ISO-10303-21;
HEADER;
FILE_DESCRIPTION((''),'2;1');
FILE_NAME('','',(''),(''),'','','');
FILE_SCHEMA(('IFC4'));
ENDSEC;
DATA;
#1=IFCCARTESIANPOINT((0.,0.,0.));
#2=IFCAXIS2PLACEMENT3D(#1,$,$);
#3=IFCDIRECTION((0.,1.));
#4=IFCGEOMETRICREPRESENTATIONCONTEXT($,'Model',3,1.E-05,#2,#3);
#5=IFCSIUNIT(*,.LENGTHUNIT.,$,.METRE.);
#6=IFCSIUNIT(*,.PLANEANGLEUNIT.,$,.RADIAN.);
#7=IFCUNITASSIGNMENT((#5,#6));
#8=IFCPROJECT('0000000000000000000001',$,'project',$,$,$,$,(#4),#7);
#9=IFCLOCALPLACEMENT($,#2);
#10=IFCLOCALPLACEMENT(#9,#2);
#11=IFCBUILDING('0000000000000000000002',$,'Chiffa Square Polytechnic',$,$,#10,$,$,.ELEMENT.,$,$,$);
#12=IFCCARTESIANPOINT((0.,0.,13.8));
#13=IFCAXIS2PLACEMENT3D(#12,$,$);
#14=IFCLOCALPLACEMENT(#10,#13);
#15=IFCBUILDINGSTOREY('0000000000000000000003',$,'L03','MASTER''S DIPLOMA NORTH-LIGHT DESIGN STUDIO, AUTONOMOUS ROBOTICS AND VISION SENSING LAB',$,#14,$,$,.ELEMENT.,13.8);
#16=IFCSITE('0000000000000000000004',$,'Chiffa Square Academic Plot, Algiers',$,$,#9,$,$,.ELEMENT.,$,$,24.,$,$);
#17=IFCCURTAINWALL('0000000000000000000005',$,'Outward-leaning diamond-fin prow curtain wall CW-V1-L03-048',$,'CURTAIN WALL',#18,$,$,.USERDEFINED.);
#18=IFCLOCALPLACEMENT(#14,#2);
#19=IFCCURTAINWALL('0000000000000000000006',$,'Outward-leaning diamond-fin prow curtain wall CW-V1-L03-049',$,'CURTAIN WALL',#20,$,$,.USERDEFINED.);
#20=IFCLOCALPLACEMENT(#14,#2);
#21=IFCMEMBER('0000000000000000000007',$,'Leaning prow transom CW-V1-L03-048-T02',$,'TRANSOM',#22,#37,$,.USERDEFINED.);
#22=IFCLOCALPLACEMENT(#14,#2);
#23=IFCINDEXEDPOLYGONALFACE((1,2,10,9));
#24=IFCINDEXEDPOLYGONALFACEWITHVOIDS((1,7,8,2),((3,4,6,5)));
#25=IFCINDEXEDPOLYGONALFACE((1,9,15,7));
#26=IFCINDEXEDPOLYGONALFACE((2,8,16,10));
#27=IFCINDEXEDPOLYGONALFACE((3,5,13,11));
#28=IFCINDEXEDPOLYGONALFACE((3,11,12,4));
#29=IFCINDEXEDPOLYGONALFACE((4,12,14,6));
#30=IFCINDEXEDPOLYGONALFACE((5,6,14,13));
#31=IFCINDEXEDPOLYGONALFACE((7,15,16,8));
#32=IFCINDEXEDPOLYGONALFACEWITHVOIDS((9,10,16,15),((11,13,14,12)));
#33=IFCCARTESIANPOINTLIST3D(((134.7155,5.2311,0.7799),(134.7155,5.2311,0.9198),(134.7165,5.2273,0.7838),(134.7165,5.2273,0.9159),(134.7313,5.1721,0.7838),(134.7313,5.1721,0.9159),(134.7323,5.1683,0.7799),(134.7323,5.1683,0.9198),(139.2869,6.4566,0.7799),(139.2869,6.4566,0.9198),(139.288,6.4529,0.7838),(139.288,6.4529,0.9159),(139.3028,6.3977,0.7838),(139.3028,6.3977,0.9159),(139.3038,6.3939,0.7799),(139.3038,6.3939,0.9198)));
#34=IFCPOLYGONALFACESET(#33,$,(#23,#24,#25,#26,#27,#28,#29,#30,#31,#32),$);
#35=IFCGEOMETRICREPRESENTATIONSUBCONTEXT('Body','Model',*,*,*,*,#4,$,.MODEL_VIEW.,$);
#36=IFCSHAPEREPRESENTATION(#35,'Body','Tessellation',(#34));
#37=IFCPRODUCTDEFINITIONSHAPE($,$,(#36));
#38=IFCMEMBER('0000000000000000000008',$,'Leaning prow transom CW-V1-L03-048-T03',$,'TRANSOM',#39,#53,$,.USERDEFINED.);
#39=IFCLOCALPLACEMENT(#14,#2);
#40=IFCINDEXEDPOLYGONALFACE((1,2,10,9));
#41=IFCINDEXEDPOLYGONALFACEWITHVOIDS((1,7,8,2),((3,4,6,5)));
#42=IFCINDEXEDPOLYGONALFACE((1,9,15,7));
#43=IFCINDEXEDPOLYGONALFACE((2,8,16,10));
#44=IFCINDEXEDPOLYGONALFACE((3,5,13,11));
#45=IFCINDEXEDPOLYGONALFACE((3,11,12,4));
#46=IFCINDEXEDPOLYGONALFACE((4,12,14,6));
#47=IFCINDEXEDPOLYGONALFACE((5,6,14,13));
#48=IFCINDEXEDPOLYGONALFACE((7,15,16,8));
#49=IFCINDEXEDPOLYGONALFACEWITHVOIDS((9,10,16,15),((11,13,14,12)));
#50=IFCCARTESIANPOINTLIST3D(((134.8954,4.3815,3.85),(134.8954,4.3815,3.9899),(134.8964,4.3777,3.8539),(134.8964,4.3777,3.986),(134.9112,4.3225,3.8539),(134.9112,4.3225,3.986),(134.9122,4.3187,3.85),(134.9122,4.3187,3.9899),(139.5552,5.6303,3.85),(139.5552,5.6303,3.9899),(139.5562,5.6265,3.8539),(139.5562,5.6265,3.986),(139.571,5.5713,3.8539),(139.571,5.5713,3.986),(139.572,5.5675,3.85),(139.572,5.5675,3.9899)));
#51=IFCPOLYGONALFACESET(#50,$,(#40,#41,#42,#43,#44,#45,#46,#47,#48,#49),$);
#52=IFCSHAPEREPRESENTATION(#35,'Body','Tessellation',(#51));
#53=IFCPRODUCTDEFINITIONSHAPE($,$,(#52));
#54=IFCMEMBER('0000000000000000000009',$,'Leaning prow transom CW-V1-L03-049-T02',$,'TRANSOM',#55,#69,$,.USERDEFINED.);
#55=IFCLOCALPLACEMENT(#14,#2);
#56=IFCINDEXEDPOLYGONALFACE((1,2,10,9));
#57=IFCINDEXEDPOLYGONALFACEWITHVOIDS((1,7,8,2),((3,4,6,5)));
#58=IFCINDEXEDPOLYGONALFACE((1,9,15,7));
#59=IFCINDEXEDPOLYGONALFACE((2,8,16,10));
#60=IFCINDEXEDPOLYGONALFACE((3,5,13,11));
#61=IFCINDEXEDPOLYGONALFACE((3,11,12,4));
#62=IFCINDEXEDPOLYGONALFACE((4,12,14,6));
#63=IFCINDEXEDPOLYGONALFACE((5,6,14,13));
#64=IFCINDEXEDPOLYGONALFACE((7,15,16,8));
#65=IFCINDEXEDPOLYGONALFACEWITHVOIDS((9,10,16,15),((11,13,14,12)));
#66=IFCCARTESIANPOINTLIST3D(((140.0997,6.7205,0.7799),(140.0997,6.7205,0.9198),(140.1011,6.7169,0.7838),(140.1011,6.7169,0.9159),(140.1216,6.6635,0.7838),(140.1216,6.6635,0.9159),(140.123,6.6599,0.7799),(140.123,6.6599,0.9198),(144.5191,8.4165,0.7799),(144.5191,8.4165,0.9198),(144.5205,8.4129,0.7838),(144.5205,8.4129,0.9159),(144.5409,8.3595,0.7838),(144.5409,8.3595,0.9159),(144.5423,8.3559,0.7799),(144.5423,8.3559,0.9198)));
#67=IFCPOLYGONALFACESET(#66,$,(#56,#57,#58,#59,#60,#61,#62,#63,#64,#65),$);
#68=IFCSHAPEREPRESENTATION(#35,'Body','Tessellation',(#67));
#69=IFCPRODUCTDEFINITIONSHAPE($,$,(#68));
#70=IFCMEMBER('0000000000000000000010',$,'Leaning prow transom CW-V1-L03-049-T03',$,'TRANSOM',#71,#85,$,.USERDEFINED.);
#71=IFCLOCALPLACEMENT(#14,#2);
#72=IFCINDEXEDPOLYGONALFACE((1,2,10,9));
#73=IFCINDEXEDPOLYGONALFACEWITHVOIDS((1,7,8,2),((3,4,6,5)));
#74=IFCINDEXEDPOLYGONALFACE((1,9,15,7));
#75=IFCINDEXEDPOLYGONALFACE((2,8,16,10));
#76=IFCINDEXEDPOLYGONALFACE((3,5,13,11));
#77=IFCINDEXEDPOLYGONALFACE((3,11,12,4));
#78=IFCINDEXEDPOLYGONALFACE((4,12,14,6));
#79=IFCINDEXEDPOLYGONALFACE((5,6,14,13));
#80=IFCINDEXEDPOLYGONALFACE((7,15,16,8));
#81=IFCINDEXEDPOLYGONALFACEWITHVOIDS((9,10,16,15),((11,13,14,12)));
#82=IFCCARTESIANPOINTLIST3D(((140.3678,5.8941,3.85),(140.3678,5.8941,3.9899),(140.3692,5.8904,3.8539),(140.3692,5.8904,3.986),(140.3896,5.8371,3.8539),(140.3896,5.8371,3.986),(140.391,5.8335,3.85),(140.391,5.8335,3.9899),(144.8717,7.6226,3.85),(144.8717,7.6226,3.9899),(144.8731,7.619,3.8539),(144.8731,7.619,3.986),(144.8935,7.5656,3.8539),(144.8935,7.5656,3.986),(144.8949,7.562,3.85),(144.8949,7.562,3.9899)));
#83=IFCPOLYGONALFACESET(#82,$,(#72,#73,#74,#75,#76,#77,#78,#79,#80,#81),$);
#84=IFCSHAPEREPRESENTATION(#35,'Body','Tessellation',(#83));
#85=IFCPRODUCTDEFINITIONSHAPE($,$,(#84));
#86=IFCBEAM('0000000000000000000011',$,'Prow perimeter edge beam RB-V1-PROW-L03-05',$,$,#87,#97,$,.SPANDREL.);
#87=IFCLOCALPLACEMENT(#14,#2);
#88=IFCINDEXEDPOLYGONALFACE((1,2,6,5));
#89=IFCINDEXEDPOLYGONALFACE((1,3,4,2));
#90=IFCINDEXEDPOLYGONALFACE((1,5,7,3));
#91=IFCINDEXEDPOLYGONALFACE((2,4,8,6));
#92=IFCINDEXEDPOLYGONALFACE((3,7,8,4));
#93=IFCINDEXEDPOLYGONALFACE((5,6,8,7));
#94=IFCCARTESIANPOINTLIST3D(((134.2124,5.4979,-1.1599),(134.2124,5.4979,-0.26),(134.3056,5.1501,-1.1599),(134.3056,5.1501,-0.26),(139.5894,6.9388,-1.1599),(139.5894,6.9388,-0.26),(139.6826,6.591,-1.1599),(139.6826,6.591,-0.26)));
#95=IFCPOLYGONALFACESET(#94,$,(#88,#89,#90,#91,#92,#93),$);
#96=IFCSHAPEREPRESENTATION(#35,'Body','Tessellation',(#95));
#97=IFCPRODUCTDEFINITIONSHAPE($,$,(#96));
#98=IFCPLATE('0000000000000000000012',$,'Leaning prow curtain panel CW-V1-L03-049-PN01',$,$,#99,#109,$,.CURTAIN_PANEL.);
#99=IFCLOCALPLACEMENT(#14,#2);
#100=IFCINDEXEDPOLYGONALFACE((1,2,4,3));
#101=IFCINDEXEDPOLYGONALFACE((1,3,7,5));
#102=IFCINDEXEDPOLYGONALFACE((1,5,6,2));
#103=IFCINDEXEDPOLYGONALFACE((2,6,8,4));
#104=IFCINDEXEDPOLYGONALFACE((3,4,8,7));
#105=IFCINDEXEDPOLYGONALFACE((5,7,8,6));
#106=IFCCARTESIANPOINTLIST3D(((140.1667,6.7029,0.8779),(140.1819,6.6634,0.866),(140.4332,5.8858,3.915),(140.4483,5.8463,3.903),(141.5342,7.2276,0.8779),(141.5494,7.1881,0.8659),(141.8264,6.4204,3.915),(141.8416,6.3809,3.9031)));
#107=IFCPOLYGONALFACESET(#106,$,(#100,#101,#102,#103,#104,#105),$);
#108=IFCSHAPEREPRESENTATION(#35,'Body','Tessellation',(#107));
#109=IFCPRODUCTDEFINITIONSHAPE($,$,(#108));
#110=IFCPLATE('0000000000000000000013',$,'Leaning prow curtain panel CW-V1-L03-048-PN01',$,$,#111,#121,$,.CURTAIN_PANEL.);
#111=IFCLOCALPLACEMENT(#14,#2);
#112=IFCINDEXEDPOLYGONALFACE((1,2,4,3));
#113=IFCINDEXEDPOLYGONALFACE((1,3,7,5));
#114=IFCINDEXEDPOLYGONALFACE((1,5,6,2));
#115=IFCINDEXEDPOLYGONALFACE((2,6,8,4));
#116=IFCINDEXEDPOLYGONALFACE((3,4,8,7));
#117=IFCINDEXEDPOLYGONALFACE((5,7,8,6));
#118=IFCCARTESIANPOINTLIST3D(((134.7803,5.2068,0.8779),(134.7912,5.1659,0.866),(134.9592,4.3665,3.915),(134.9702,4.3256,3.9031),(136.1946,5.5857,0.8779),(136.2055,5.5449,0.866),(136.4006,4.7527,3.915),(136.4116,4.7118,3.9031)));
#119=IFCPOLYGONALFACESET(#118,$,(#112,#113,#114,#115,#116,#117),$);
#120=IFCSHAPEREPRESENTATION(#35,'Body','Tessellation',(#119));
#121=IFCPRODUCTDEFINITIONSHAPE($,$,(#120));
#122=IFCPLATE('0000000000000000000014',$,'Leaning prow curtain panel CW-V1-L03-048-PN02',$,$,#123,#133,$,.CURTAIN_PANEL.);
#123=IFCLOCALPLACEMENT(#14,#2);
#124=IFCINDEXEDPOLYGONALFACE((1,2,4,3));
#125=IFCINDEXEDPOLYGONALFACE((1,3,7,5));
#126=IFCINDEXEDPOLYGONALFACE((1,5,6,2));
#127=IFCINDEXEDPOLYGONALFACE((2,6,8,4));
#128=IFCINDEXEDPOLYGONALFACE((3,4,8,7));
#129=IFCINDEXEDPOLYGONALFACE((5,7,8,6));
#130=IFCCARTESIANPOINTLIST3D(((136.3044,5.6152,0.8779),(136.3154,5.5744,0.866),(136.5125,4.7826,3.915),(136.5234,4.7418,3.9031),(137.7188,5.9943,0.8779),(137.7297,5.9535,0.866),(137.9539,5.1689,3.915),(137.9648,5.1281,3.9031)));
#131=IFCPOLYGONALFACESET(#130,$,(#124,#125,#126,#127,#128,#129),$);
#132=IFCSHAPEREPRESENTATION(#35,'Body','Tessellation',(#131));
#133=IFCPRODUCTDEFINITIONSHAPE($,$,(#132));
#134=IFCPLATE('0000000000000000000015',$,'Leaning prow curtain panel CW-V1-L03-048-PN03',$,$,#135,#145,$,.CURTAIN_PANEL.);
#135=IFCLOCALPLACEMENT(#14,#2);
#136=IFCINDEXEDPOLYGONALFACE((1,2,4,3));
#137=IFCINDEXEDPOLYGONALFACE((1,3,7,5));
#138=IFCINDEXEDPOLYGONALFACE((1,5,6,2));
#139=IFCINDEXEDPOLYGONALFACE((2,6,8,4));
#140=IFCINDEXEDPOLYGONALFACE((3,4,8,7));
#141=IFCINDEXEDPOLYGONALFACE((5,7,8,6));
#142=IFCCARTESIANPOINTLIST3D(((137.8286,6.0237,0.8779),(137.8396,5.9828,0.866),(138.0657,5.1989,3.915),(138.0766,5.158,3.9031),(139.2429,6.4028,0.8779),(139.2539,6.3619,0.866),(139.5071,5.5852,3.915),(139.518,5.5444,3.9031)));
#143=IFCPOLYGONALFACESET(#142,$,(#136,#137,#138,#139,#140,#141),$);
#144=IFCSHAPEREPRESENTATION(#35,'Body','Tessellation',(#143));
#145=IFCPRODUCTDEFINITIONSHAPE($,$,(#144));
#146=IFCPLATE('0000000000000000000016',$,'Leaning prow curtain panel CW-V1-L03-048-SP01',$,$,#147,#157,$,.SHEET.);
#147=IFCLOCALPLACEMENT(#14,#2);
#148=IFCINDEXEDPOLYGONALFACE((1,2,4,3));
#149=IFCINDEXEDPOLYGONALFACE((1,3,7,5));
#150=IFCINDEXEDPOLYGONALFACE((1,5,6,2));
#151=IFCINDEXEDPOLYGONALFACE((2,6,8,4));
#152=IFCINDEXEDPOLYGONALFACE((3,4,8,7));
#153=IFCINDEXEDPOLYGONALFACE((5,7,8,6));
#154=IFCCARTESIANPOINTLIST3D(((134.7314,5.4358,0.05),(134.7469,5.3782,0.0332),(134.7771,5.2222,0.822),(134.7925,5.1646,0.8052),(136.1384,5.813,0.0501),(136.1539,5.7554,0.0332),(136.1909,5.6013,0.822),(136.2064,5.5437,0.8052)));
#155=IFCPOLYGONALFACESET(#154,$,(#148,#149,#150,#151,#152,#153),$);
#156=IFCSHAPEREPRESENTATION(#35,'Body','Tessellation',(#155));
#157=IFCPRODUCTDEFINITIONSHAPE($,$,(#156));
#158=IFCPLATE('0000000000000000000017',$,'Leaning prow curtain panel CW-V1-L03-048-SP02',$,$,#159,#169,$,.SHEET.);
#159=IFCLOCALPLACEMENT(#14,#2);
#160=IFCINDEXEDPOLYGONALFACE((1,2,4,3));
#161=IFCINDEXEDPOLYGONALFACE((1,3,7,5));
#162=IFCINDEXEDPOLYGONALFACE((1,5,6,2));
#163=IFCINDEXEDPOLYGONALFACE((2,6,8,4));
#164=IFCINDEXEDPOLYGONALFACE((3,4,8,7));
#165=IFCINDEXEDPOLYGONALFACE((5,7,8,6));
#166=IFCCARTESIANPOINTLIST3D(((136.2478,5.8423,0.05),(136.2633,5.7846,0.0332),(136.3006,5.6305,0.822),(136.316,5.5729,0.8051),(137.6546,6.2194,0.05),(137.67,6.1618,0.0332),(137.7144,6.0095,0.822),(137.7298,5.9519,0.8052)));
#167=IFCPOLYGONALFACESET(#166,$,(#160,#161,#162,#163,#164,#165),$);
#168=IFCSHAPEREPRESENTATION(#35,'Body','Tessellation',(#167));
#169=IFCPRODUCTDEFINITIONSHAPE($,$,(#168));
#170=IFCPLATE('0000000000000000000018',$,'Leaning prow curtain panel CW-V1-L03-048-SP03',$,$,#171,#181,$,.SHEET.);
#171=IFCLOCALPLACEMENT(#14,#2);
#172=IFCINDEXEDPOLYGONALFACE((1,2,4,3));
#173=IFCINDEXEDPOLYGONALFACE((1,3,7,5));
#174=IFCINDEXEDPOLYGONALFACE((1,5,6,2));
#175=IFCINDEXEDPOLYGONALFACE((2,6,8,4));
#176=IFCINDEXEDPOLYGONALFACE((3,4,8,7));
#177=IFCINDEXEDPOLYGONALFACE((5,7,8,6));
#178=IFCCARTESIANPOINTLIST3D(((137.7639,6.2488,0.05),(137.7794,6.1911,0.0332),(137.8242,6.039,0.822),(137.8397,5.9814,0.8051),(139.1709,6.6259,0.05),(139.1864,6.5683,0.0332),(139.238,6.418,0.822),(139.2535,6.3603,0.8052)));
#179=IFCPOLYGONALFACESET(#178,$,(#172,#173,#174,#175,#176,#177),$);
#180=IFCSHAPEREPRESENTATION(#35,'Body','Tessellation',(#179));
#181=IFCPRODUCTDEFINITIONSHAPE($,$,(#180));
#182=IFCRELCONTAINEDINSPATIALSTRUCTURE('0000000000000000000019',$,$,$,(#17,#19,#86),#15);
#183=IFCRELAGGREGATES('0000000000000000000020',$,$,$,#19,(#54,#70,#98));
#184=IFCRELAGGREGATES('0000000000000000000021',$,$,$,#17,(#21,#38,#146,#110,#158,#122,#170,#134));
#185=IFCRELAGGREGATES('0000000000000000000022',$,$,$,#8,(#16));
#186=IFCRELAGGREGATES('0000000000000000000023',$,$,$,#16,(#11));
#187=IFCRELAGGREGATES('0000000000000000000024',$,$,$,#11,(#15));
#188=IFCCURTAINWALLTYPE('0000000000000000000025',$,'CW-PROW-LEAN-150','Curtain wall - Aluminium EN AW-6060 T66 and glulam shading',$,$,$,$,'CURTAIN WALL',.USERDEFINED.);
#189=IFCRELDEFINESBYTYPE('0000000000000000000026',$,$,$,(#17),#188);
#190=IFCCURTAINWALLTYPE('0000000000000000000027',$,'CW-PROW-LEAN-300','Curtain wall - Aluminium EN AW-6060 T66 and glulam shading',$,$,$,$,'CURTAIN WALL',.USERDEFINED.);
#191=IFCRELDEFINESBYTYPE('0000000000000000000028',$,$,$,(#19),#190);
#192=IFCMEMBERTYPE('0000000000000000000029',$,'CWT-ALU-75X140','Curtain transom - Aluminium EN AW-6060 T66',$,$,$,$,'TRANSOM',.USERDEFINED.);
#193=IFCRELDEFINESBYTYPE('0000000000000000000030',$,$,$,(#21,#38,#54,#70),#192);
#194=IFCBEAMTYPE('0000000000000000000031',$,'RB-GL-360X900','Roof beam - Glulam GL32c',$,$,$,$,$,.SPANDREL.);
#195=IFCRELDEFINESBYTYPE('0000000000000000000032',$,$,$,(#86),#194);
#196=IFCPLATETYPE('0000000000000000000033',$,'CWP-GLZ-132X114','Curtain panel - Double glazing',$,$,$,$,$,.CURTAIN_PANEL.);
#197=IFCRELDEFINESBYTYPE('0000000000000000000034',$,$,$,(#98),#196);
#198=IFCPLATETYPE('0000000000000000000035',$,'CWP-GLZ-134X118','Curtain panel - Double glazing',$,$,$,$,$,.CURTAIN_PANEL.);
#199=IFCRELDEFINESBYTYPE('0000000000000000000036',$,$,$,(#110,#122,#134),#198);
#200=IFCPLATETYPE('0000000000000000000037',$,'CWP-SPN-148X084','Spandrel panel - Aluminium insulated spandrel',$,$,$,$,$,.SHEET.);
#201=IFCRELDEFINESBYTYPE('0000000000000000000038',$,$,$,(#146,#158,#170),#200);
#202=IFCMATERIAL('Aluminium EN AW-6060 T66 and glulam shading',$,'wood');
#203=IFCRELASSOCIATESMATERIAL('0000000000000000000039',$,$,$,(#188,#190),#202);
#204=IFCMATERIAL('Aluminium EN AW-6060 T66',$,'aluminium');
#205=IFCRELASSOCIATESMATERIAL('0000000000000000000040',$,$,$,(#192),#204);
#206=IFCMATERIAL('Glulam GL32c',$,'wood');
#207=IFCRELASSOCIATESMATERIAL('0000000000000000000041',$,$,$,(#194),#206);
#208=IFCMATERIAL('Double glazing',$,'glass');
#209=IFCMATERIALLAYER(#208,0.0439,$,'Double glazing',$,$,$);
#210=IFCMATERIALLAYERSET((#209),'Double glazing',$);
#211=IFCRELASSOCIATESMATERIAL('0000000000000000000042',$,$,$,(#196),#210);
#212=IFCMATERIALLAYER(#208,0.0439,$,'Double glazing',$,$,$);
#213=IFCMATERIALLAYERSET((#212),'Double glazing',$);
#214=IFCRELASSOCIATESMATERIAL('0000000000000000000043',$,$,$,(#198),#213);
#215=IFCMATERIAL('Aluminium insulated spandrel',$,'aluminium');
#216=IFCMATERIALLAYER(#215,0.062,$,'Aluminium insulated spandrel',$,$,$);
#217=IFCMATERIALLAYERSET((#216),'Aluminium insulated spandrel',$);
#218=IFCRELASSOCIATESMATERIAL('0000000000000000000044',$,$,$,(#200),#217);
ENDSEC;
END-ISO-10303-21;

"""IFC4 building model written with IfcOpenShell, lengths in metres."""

from ifc_helpers import new_model, si_unit, direction, frame, origin, origin_2d, place, context, subcontext, project, spatial, polyline, rectangle, hollow_rectangle, outline, extrude, material, layer, layer_set, material_profile, profile_set, type_object, element, aggregate, save


model = new_model("IFC4")

# Units and contexts
model_context = context("Model", 3, precision=1e-05, world=origin(), true_north=direction((0.0, 1.0)))
body_context = subcontext(model_context, "Body", "Model", "MODEL_VIEW")
ifc_project = project(units=[si_unit("LENGTHUNIT", "METRE"), si_unit("PLANEANGLEUNIT", "RADIAN")], contexts=[model_context])

# Site, building, storey
site_placement = place(None, origin())
site = spatial("IfcSite", under=ifc_project, at=site_placement, Name="Chiffa Square Academic Plot, Algiers", CompositionType="ELEMENT", RefElevation=24.0)
building_placement = place(site_placement, origin())
building = spatial("IfcBuilding", under=site, at=building_placement, Name="Chiffa Square Polytechnic", CompositionType="ELEMENT")
storey_placement = place(building_placement, frame((0.0, 0.0, 13.8)))
storey = spatial("IfcBuildingStorey", under=building, at=storey_placement, Name="L03", Description="MASTER'S DIPLOMA NORTH-LIGHT DESIGN STUDIO, AUTONOMOUS ROBOTICS AND VISION SENSING LAB", CompositionType="ELEMENT", Elevation=13.8)

# Shared definitions
ifc_material_1 = material(Name="Glulam GL32c", Category="wood")

# Curtain wall
ifc_material_2 = material(Name="Aluminium EN AW-6060 T66 and glulam shading", Category="wood")
curtain_wall_type_1 = type_object("IfcCurtainWallType", Name="CW-PROW-LEAN-150", Description="Curtain wall - Aluminium EN AW-6060 T66 and glulam shading", ElementType="CURTAIN WALL", PredefinedType="USERDEFINED", material=ifc_material_2)
curtain_wall_1_placement = place(storey_placement, origin())
curtain_wall_1 = element("IfcCurtainWall", 1, at=curtain_wall_1_placement, inside=storey, type_object=curtain_wall_type_1, Name="Outward-leaning diamond-fin prow curtain wall CW-V1-L03-048", ObjectType="CURTAIN WALL", PredefinedType="USERDEFINED")
ifc_material_3 = material(Name="Aluminium EN AW-6060 T66", Category="aluminium")

# Shared definitions
curtain_wall_type_2 = type_object("IfcCurtainWallType", Name="CW-PROW-LEAN-300", Description="Curtain wall - Aluminium EN AW-6060 T66 and glulam shading", ElementType="CURTAIN WALL", PredefinedType="USERDEFINED", material=ifc_material_2)

# Curtain wall
curtain_wall_2_placement = place(storey_placement, origin())
curtain_wall_2 = element("IfcCurtainWall", 2, at=curtain_wall_2_placement, inside=storey, type_object=curtain_wall_type_2, Name="Outward-leaning diamond-fin prow curtain wall CW-V1-L03-049", ObjectType="CURTAIN WALL", PredefinedType="USERDEFINED")

# Members
ifc_material_profile_1 = material_profile(ifc_material_3, hollow_rectangle(XDim=0.0649, YDim=0.1399, WallThickness=0.0039, at=origin_2d()), Name="ALU 65x140x4")
ifc_profile_set_1 = profile_set([ifc_material_profile_1], Name="Aluminium EN AW-6060 T66")
member_type_1 = type_object("IfcMemberType", Name="CWT-ALU-75X140", Description="Curtain transom - Aluminium EN AW-6060 T66", ElementType="TRANSOM", PredefinedType="USERDEFINED", material=ifc_profile_set_1)
member_1_placement = place(storey_placement, frame((134.7239, 5.1997, 0.8499), z_axis=(0.965892, 0.258947, 0.0), x_axis=(-0.258947, 0.965892, 0.0)))
member_1 = element("IfcMember", 3, at=member_1_placement, type_object=member_type_1, Name="Leaning prow transom CW-V1-L03-048-T02", ObjectType="TRANSOM", PredefinedType="USERDEFINED", context=body_context, shape_type="SweptSolid", body=[
    extrude(hollow_rectangle(XDim=0.0649, YDim=0.1399, WallThickness=0.0039, at=origin_2d()), origin(), (0.0, 0.0, 1.0), 4.7329),
])
member_2_placement = place(storey_placement, frame((134.9038, 4.3501, 3.9199), z_axis=(0.965914, 0.258863, 0.0), x_axis=(-0.258863, 0.965914, 0.0)))
member_2 = element("IfcMember", 4, at=member_2_placement, type_object=member_type_1, Name="Leaning prow transom CW-V1-L03-048-T03", ObjectType="TRANSOM", PredefinedType="USERDEFINED", context=body_context, shape_type="SweptSolid", body=[
    extrude(hollow_rectangle(XDim=0.0649, YDim=0.1399, WallThickness=0.0039, at=origin_2d()), origin(), (0.0, 0.0, 1.0), 4.8242),
])
member_3_placement = place(storey_placement, frame((140.1113, 6.6902, 0.8499), z_axis=(0.93361, 0.358291, 0.0), x_axis=(-0.358291, 0.93361, 0.0)))
member_3 = element("IfcMember", 5, at=member_3_placement, type_object=member_type_1, Name="Leaning prow transom CW-V1-L03-049-T02", ObjectType="TRANSOM", PredefinedType="USERDEFINED", context=body_context, shape_type="SweptSolid", body=[
    extrude(hollow_rectangle(XDim=0.0649, YDim=0.1399, WallThickness=0.0039, at=origin_2d()), origin(), (0.0, 0.0, 1.0), 4.7336),
])
member_4_placement = place(storey_placement, frame((140.3794, 5.8638, 3.9199), z_axis=(0.933606, 0.358301, 0.0), x_axis=(-0.358301, 0.933606, 0.0)))
member_4 = element("IfcMember", 6, at=member_4_placement, type_object=member_type_1, Name="Leaning prow transom CW-V1-L03-049-T03", ObjectType="TRANSOM", PredefinedType="USERDEFINED", context=body_context, shape_type="SweptSolid", body=[
    extrude(hollow_rectangle(XDim=0.0649, YDim=0.1399, WallThickness=0.0039, at=origin_2d()), origin(), (0.0, 0.0, 1.0), 4.8242),
])

# Beam
ifc_material_profile_2 = material_profile(ifc_material_1, rectangle(XDim=0.3601, YDim=0.8999, at=origin_2d()), Name="GL32c 360x900")
ifc_profile_set_2 = profile_set([ifc_material_profile_2], Name="Glulam GL32c")
beam_type_1 = type_object("IfcBeamType", Name="RB-GL-360X900", Description="Roof beam - Glulam GL32c", PredefinedType="SPANDREL", material=ifc_profile_set_2)
beam_1_placement = place(storey_placement, frame((134.259, 5.324, -0.71), z_axis=(0.965918, 0.258847, 0.0), x_axis=(-0.258847, 0.965918, 0.0)))
element("IfcBeam", 7, at=beam_1_placement, inside=storey, type_object=beam_type_1, Name="Prow perimeter edge beam RB-V1-PROW-L03-05", PredefinedType="SPANDREL", context=body_context, shape_type="SweptSolid", body=[
    extrude(rectangle(XDim=0.3601, YDim=0.8999, at=origin_2d()), origin(), (0.0, 0.0, 1.0), 5.5667),
])

# Plates
ifc_material_4 = material(Name="Double glazing", Category="glass")
ifc_layer_1 = layer(ifc_material_4, 0.0439, Name="Double glazing")
ifc_layer_set_1 = layer_set([ifc_layer_1], Name="Double glazing")
plate_type_1 = type_object("IfcPlateType", Name="CWP-GLZ-132X114", Description="Curtain panel - Double glazing", PredefinedType="CURTAIN_PANEL", material=ifc_layer_set_1)
plate_1_placement = place(storey_placement, frame((140.1667, 6.7029, 0.8779), z_axis=(-0.344742, 0.898441, 0.271949), x_axis=(0.933625, 0.358252, -0.000034)))
plate_1 = element("IfcPlate", 8, at=plate_1_placement, type_object=plate_type_1, Name="Leaning prow curtain panel CW-V1-L03-049-PN01", PredefinedType="CURTAIN_PANEL", context=body_context, shape_type="SweptSolid", body=[
    extrude(outline(polyline([(0.0, 0.0), (1.4647, 0.0), (1.4482, -3.1561), (-0.0441, -3.156), (0.0, 0.0)])), origin(), (0.0, 0.0, -1.0), 0.0439),
])
aggregate(curtain_wall_2, [member_3, member_4, plate_1])
ifc_layer_2 = layer(ifc_material_4, 0.0439, Name="Double glazing")
ifc_layer_set_2 = layer_set([ifc_layer_2], Name="Double glazing")
plate_type_2 = type_object("IfcPlateType", Name="CWP-GLZ-134X118", Description="Curtain panel - Double glazing", PredefinedType="CURTAIN_PANEL", material=ifc_layer_set_2)
plate_2_placement = place(storey_placement, frame((134.7803, 5.2068, 0.8779), z_axis=(-0.249056, 0.92955, 0.271861), x_axis=(0.96593, 0.258802, 0.000005)))
plate_2 = element("IfcPlate", 9, at=plate_2_placement, type_object=plate_type_2, Name="Leaning prow curtain panel CW-V1-L03-048-PN01", PredefinedType="CURTAIN_PANEL", context=body_context, shape_type="SweptSolid", body=[
    extrude(outline(polyline([(0.0, 0.0), (1.4642, 0.0), (1.4477, -3.156), (-0.0446, -3.156), (0.0, 0.0)])), origin(), (0.0, 0.0, -1.0), 0.0439),
])
plate_3_placement = place(storey_placement, frame((136.3044, 5.6152, 0.8779), z_axis=(-0.249128, 0.929523, 0.271887), x_axis=(0.965908, 0.258885, -0.000016)))
plate_3 = element("IfcPlate", 10, at=plate_3_placement, type_object=plate_type_2, Name="Leaning prow curtain panel CW-V1-L03-048-PN02", PredefinedType="CURTAIN_PANEL", context=body_context, shape_type="SweptSolid", body=[
    extrude(outline(polyline([(0.0, 0.0), (1.4642, 0.0), (1.4776, -3.156), (-0.0147, -3.156), (0.0, 0.0)])), origin(), (0.0, 0.0, -1.0), 0.0439),
])
plate_4_placement = place(storey_placement, frame((137.8286, 6.0237, 0.8779), z_axis=(-0.249129, 0.929525, 0.27188), x_axis=(0.965908, 0.258885, -0.000016)))
plate_4 = element("IfcPlate", 11, at=plate_4_placement, type_object=plate_type_2, Name="Leaning prow curtain panel CW-V1-L03-048-PN03", PredefinedType="CURTAIN_PANEL", context=body_context, shape_type="SweptSolid", body=[
    extrude(outline(polyline([(0.0, 0.0), (1.4642, 0.0), (1.5077, -3.156), (0.0154, -3.156), (0.0, 0.0)])), origin(), (0.0, 0.0, -1.0), 0.0439),
])
ifc_material_5 = material(Name="Aluminium insulated spandrel", Category="aluminium")
ifc_layer_3 = layer(ifc_material_5, 0.062, Name="Aluminium insulated spandrel")
ifc_layer_set_3 = layer_set([ifc_layer_3], Name="Aluminium insulated spandrel")
plate_type_3 = type_object("IfcPlateType", Name="CWP-SPN-148X084", Description="Spandrel panel - Aluminium insulated spandrel", PredefinedType="SHEET", material=ifc_layer_set_3)
plate_5_placement = place(storey_placement, frame((134.7314, 5.4358, 0.05), z_axis=(-0.249228, 0.929498, 0.271881), x_axis=(0.965882, 0.258981, 0.00001)))
plate_5 = element("IfcPlate", 12, at=plate_5_placement, type_object=plate_type_3, Name="Leaning prow curtain panel CW-V1-L03-048-SP01", PredefinedType="SHEET", context=body_context, shape_type="SweptSolid", body=[
    extrude(outline(polyline([(0.0, 0.0), (1.4567, 0.0), (1.4526, -0.8022), (-0.0112, -0.8022), (0.0, 0.0)])), origin(), (0.0, 0.0, -1.0), 0.062),
])
plate_6_placement = place(storey_placement, frame((136.2478, 5.8423, 0.05), z_axis=(-0.249165, 0.929482, 0.271992), x_axis=(0.965896, 0.258931, -0.000016)))
plate_6 = element("IfcPlate", 13, at=plate_6_placement, type_object=plate_type_3, Name="Leaning prow curtain panel CW-V1-L03-048-SP02", PredefinedType="SHEET", context=body_context, shape_type="SweptSolid", body=[
    extrude(outline(polyline([(0.0, 0.0), (1.4564, 0.0), (1.4598, -0.8022), (-0.0039, -0.8022), (0.0, 0.0)])), origin(), (0.0, 0.0, -1.0), 0.062),
])
plate_7_placement = place(storey_placement, frame((137.7639, 6.2488, 0.05), z_axis=(-0.249142, 0.929474, 0.27204), x_axis=(0.965902, 0.258909, -0.000011)))
plate_7 = element("IfcPlate", 14, at=plate_7_placement, type_object=plate_type_3, Name="Leaning prow curtain panel CW-V1-L03-048-SP03", PredefinedType="SHEET", context=body_context, shape_type="SweptSolid", body=[
    extrude(outline(polyline([(0.0, 0.0), (1.4567, 0.0), (1.4677, -0.8022), (0.0039, -0.8022), (0.0, 0.0)])), origin(), (0.0, 0.0, -1.0), 0.062),
])
aggregate(curtain_wall_1, [member_1, member_2, plate_5, plate_2, plate_6, plate_3, plate_7, plate_4])

save(model, "model.ifc")
